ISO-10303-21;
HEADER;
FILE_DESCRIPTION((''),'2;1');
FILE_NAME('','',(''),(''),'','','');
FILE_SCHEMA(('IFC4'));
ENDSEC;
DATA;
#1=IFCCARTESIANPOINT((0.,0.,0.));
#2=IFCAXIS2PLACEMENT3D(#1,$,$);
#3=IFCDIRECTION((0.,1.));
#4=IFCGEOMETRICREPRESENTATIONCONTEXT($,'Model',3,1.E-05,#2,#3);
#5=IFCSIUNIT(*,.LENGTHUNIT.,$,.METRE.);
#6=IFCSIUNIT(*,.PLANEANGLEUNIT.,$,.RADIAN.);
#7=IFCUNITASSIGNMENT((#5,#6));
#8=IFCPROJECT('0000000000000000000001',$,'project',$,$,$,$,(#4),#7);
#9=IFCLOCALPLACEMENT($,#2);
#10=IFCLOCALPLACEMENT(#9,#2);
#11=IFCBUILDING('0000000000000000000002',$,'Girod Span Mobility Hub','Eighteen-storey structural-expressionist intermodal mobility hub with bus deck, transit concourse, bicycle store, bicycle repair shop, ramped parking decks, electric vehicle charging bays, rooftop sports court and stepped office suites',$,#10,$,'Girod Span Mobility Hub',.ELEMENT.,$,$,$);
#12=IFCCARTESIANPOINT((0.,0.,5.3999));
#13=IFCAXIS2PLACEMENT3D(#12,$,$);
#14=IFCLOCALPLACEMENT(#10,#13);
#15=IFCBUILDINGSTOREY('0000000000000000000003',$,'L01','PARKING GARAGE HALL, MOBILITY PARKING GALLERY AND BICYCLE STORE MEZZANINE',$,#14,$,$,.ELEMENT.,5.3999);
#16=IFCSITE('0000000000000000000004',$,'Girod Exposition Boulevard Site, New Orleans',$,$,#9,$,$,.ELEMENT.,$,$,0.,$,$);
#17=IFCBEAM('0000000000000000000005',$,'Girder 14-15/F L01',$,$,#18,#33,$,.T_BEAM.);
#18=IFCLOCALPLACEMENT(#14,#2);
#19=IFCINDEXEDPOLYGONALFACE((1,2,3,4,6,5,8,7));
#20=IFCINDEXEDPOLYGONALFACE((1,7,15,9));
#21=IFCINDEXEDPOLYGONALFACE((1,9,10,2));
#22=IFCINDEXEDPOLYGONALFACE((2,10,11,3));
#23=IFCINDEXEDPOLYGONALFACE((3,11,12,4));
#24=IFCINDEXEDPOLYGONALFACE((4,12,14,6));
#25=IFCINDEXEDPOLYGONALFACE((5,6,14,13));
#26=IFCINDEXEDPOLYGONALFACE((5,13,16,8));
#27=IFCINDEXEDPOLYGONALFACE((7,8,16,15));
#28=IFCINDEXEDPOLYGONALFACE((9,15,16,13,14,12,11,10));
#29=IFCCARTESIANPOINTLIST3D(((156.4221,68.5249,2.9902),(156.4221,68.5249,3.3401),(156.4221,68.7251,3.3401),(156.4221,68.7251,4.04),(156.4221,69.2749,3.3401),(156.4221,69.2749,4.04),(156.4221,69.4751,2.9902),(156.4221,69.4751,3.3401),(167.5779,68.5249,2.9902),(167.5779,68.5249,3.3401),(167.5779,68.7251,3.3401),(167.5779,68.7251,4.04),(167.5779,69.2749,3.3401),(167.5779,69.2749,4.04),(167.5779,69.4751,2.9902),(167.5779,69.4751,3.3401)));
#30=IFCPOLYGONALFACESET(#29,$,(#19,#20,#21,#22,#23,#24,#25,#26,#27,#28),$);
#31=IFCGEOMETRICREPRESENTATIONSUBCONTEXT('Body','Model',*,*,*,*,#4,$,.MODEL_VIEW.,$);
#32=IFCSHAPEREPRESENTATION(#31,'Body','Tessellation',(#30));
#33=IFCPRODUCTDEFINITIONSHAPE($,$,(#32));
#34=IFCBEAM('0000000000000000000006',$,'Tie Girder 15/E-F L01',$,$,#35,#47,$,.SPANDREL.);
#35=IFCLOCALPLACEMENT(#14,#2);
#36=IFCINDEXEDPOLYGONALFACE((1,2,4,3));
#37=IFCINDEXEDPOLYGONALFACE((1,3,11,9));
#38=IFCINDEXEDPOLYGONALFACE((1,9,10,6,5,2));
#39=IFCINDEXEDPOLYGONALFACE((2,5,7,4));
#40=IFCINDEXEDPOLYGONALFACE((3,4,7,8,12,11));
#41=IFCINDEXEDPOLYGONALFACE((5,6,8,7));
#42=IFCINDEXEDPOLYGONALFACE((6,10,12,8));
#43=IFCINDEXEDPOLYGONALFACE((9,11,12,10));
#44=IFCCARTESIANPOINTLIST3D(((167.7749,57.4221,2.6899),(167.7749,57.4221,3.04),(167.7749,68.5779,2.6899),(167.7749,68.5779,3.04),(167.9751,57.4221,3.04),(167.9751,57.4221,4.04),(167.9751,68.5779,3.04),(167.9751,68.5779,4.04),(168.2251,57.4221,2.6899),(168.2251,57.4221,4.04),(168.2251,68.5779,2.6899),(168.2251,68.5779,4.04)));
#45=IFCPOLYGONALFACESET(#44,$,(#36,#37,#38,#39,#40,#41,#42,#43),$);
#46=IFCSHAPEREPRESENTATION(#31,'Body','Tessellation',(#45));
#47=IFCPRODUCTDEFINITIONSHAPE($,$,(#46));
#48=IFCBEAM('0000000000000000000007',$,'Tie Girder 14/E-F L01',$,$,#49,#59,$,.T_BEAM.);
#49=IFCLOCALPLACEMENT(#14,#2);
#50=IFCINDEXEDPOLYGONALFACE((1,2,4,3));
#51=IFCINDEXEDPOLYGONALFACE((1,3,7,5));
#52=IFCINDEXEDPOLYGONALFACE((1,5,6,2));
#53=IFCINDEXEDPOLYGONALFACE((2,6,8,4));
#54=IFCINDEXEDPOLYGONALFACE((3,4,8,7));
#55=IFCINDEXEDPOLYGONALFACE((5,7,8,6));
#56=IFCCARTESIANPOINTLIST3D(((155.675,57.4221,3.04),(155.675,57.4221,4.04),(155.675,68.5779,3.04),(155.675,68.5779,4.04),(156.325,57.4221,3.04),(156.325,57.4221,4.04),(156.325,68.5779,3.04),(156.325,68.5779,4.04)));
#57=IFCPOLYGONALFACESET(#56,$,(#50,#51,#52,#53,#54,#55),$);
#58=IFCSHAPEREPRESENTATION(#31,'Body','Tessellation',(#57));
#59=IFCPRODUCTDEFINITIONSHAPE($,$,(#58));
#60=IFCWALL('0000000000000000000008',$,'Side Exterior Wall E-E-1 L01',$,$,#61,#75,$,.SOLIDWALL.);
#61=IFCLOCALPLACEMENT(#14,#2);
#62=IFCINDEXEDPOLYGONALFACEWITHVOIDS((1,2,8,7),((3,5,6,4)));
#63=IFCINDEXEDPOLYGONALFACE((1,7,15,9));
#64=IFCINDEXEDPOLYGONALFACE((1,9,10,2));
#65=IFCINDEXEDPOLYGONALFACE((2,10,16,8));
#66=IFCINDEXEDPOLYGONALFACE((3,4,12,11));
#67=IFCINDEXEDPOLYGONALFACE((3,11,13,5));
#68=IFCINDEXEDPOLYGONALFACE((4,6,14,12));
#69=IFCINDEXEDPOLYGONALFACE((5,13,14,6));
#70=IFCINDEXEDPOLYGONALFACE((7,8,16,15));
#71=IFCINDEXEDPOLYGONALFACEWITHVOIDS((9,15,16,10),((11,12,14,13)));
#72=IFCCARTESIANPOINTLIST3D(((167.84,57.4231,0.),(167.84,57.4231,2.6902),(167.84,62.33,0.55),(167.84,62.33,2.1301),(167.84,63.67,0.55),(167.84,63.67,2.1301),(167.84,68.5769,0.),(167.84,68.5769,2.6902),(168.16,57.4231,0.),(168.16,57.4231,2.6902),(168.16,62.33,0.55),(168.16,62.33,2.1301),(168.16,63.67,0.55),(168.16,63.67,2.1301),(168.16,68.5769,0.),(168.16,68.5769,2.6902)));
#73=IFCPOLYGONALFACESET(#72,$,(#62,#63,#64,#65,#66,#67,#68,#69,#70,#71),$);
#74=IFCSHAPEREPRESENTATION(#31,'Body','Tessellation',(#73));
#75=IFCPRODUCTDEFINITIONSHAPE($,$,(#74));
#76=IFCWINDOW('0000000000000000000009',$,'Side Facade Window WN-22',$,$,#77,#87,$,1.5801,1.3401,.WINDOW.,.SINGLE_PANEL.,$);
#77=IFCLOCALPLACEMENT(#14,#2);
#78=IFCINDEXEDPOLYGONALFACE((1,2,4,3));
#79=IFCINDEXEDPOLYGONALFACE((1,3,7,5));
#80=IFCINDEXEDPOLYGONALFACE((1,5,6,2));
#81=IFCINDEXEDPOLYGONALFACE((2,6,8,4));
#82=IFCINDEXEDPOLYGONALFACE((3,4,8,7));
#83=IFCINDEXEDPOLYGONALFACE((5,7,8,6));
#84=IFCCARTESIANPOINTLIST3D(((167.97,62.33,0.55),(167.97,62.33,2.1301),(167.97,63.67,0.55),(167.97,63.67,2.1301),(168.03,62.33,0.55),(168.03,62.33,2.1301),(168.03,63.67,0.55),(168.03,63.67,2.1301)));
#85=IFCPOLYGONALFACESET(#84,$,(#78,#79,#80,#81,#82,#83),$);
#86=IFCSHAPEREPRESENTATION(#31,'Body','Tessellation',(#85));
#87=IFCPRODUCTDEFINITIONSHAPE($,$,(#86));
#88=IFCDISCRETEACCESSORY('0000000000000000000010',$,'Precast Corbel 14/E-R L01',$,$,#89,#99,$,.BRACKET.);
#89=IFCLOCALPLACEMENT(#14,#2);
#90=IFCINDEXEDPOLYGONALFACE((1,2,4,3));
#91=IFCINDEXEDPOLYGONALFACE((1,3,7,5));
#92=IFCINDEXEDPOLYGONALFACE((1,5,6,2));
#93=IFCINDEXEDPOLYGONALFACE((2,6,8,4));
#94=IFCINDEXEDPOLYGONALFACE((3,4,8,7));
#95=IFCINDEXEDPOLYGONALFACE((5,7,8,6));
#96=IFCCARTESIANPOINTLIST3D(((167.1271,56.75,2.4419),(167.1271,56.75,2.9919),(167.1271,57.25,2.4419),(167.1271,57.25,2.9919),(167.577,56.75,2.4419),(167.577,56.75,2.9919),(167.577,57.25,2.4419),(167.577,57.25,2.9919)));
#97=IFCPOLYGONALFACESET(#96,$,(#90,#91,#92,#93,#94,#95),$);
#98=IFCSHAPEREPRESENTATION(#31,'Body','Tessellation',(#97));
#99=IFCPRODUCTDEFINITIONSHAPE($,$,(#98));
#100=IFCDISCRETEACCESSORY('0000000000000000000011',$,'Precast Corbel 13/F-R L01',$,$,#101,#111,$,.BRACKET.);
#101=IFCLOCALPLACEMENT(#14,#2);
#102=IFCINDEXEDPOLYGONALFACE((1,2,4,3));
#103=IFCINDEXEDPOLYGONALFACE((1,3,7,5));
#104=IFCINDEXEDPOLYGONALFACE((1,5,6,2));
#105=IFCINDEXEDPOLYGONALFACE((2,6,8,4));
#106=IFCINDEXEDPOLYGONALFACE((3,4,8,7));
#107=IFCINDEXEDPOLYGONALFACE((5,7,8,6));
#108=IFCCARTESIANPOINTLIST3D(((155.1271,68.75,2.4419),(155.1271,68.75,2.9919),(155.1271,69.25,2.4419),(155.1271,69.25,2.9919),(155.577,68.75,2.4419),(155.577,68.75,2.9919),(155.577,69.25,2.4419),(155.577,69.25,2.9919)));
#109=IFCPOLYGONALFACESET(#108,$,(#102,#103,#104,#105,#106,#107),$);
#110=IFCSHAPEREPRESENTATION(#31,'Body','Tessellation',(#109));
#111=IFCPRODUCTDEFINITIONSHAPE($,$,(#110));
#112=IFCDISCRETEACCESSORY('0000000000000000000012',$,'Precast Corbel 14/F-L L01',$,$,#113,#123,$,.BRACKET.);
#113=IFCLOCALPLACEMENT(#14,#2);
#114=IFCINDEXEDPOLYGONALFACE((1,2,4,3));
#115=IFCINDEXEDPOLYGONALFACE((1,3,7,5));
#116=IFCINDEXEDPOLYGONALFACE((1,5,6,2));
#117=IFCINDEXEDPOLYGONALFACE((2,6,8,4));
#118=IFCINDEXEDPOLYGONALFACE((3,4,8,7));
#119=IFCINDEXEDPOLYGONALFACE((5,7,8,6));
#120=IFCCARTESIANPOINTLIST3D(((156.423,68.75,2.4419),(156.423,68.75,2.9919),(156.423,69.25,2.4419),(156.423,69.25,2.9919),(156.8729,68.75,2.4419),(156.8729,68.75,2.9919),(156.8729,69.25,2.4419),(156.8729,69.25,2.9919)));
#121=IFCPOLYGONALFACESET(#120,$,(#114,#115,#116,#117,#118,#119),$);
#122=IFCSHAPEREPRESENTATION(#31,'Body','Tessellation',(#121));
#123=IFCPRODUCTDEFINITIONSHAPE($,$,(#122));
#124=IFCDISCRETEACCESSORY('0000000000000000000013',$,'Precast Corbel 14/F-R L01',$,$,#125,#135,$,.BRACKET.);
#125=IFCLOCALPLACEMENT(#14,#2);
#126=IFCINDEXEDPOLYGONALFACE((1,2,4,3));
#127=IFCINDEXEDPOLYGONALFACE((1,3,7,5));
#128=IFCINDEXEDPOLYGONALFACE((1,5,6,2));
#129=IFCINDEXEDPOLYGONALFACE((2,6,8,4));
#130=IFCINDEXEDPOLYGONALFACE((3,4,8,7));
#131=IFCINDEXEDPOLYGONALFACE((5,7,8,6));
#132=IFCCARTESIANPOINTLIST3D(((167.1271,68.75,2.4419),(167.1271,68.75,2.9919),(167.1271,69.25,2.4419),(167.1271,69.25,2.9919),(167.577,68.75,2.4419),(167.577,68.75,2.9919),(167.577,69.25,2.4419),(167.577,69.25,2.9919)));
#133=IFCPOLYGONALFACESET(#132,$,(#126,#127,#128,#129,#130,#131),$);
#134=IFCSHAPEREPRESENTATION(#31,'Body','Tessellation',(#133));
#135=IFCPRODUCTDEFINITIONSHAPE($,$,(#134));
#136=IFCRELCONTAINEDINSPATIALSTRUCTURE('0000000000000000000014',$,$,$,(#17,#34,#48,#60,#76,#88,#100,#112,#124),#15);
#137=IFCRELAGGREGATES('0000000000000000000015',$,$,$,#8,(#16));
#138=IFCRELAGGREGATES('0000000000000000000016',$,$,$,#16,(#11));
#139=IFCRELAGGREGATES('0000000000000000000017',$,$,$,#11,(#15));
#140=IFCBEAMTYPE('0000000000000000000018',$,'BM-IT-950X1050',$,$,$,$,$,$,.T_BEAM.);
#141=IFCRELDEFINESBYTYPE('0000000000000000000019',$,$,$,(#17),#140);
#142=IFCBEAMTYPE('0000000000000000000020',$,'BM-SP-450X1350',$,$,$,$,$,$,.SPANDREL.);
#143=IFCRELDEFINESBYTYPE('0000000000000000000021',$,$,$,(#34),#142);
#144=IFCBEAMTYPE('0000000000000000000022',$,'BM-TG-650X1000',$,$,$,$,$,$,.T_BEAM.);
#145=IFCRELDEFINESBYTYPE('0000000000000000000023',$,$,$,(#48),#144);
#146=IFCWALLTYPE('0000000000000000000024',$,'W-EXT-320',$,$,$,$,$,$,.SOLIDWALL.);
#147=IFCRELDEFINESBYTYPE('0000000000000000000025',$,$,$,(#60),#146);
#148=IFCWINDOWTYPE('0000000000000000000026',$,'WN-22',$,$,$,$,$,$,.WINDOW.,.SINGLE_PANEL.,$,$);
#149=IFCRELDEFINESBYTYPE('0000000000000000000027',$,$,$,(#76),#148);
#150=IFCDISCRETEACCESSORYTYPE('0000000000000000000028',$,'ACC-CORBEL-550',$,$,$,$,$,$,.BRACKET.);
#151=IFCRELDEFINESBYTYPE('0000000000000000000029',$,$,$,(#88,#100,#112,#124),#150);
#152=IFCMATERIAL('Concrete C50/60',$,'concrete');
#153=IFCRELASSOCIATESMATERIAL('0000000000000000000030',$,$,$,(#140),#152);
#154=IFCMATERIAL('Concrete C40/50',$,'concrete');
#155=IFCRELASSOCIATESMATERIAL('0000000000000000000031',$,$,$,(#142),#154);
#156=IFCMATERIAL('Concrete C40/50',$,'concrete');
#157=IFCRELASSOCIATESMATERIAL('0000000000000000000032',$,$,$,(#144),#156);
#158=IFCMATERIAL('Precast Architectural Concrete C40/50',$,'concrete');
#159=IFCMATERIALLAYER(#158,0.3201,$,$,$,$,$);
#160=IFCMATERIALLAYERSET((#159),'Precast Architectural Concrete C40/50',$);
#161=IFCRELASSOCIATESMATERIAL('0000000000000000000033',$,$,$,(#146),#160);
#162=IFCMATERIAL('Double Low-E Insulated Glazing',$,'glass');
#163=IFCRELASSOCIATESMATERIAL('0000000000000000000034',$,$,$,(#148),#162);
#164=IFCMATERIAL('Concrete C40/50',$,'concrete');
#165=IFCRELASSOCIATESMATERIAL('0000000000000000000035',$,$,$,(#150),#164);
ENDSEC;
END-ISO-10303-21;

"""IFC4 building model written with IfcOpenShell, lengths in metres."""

from ifc_helpers import new_model, si_unit, direction, frame, frame_2d, origin, origin_2d, place, context, subcontext, project, spatial, polyline, rectangle, outline, extrude, material, layer, layer_set, material_profile, profile_set, type_object, element, fill, save


model = new_model("IFC4")

# Units and contexts
model_context = context("Model", 3, precision=1e-05, world=origin(), true_north=direction((0.0, 1.0)))
body_context = subcontext(model_context, "Body", "Model", "MODEL_VIEW")
ifc_project = project(units=[si_unit("LENGTHUNIT", "METRE"), si_unit("PLANEANGLEUNIT", "RADIAN")], contexts=[model_context])

# Site, building, storey
site_placement = place(None, origin())
site = spatial("IfcSite", under=ifc_project, at=site_placement, Name="Girod Exposition Boulevard Site, New Orleans", CompositionType="ELEMENT", RefElevation=0.0)
building_placement = place(site_placement, origin())
building = spatial("IfcBuilding", under=site, at=building_placement, Name="Girod Span Mobility Hub", Description="Eighteen-storey structural-expressionist intermodal mobility hub with bus deck, transit concourse, bicycle store, bicycle repair shop, ramped parking decks, electric vehicle charging bays, rooftop sports court and stepped office suites", LongName="Girod Span Mobility Hub", CompositionType="ELEMENT")
storey_placement = place(building_placement, frame((0.0, 0.0, 5.3999)))
storey = spatial("IfcBuildingStorey", under=building, at=storey_placement, Name="L01", Description="PARKING GARAGE HALL, MOBILITY PARKING GALLERY AND BICYCLE STORE MEZZANINE", CompositionType="ELEMENT", Elevation=5.3999)

# Beams
ifc_material_1 = material(Name="Concrete C50/60", Category="concrete")
ifc_material_profile_1 = material_profile(ifc_material_1, outline(polyline([(-0.4751, -0.5249), (0.4751, -0.5249), (0.4751, -0.175), (0.2749, -0.175), (0.2749, 0.5249), (-0.2749, 0.5249), (-0.2749, -0.175), (-0.4751, -0.175), (-0.4751, -0.5249)])), Name="IT-950X1050")
ifc_profile_set_1 = profile_set([ifc_material_profile_1], Name="Concrete C50/60")
beam_type_1 = type_object("IfcBeamType", Name="BM-IT-950X1050", PredefinedType="T_BEAM", material=ifc_profile_set_1)
beam_1_placement = place(storey_placement, frame((156.4221, 69.0, 3.5151), z_axis=(1.0, 0.0, 0.0), x_axis=(0.0, 1.0, 0.0)))
element("IfcBeam", 1, at=beam_1_placement, inside=storey, type_object=beam_type_1, Name="Girder 14-15/F L01", PredefinedType="T_BEAM", context=body_context, shape_type="SweptSolid", body=[
    extrude(outline(polyline([(-0.4751, -0.5249), (0.4751, -0.5249), (0.4751, -0.175), (0.2749, -0.175), (0.2749, 0.5249), (-0.2749, 0.5249), (-0.2749, -0.175), (-0.4751, -0.175), (-0.4751, -0.5249)])), origin(), (0.0, 0.0, 1.0), 11.1558),
])
ifc_material_2 = material(Name="Concrete C40/50", Category="concrete")
ifc_material_profile_2 = material_profile(ifc_material_2, outline(polyline([(-0.2251, -0.675), (0.2251, -0.675), (0.2251, -0.325), (0.0249, -0.325), (0.0249, 0.675), (-0.2251, 0.675), (-0.2251, -0.675)])), Name="SP-450X1350")
ifc_profile_set_2 = profile_set([ifc_material_profile_2], Name="Concrete C40/50")
beam_type_2 = type_object("IfcBeamType", Name="BM-SP-450X1350", PredefinedType="SPANDREL", material=ifc_profile_set_2)
beam_2_placement = place(storey_placement, frame((168.0, 57.4221, 3.365), z_axis=(0.0, 1.0, 0.0), x_axis=(-1.0, 0.0, 0.0)))
element("IfcBeam", 2, at=beam_2_placement, inside=storey, type_object=beam_type_2, Name="Tie Girder 15/E-F L01", PredefinedType="SPANDREL", context=body_context, shape_type="SweptSolid", body=[
    extrude(outline(polyline([(-0.2251, -0.675), (0.2251, -0.675), (0.2251, -0.325), (0.0249, -0.325), (0.0249, 0.675), (-0.2251, 0.675), (-0.2251, -0.675)])), origin(), (0.0, 0.0, 1.0), 11.1558),
])
ifc_material_3 = material(Name="Concrete C40/50", Category="concrete")
ifc_material_profile_3 = material_profile(ifc_material_3, rectangle(XDim=0.6499, YDim=1.0, at=origin_2d()), Name="TG-650X1000")
ifc_profile_set_3 = profile_set([ifc_material_profile_3], Name="Concrete C40/50")
beam_type_3 = type_object("IfcBeamType", Name="BM-TG-650X1000", PredefinedType="T_BEAM", material=ifc_profile_set_3)
beam_3_placement = place(storey_placement, frame((156.0, 57.4221, 3.54), z_axis=(0.0, 1.0, 0.0), x_axis=(-1.0, 0.0, 0.0)))
element("IfcBeam", 3, at=beam_3_placement, inside=storey, type_object=beam_type_3, Name="Tie Girder 14/E-F L01", PredefinedType="T_BEAM", context=body_context, shape_type="SweptSolid", body=[
    extrude(rectangle(XDim=0.6499, YDim=1.0, at=origin_2d()), origin(), (0.0, 0.0, 1.0), 11.1558),
])

# Wall, opening, window
ifc_material_4 = material(Name="Precast Architectural Concrete C40/50", Category="concrete")
ifc_layer = layer(ifc_material_4, 0.3201)
ifc_layer_set = layer_set([ifc_layer], Name="Precast Architectural Concrete C40/50")
wall_type = type_object("IfcWallType", Name="W-EXT-320", PredefinedType="SOLIDWALL", material=ifc_layer_set)
wall_placement = place(storey_placement, frame((168.0, 57.4231, 0.0), z_axis=(0.0, 0.0, 1.0), x_axis=(0.0, 1.0, 0.0)))
wall = element("IfcWall", 4, at=wall_placement, inside=storey, type_object=wall_type, Name="Side Exterior Wall E-E-1 L01", PredefinedType="SOLIDWALL", context=body_context, shape_type="SweptSolid", body=[
    extrude(rectangle(XDim=11.1538, YDim=0.3201, at=frame_2d((5.5769, 0.0))), origin(), (0.0, 0.0, 1.0), 2.6902),
])
opening_placement = place(wall_placement, frame((4.907, 0.0, 0.55)))
opening = element("IfcOpeningElement", 5, at=opening_placement, cuts=wall, PredefinedType="OPENING", context=body_context, shape_type="SweptSolid", body=[
    extrude(rectangle(XDim=1.3401, YDim=1.5801, at=frame_2d((0.6699, 0.79))), frame((0.0, 0.175, 0.0), z_axis=(0.0, -1.0, 0.0), x_axis=(1.0, 0.0, 0.0)), (0.0, 0.0, 1.0), 0.3501),
])
ifc_material_5 = material(Name="Double Low-E Insulated Glazing", Category="glass")
window_type = type_object("IfcWindowType", Name="WN-22", PartitioningType="SINGLE_PANEL", PredefinedType="WINDOW", material=ifc_material_5)
window_placement = place(opening_placement, origin())
window = element("IfcWindow", 6, at=window_placement, inside=storey, type_object=window_type, Name="Side Facade Window WN-22", OverallHeight=1.5801, OverallWidth=1.3401, PartitioningType="SINGLE_PANEL", PredefinedType="WINDOW", context=body_context, shape_type="SweptSolid", body=[
    extrude(rectangle(XDim=1.3401, YDim=1.5801, at=frame_2d((0.6699, 0.79))), frame((0.0, 0.03, 0.0), z_axis=(0.0, -1.0, 0.0), x_axis=(1.0, 0.0, 0.0)), (0.0, 0.0, 1.0), 0.0601),
])
fill(opening, window)

# Discrete accessories
ifc_material_6 = material(Name="Concrete C40/50", Category="concrete")
discrete_accessory_type = type_object("IfcDiscreteAccessoryType", Name="ACC-CORBEL-550", PredefinedType="BRACKET", material=ifc_material_6)
for number, where, z_axis, x_axis, name in (
    (7, (167.3521, 57.0, 2.4419), (0.0, 0.0, 1.0), (1.0, 0.0, 0.0), "Precast Corbel 14/E-R L01"),
    (8, (155.3521, 69.0, 2.4419), (0.0, 0.0, 1.0), (1.0, 0.0, 0.0), "Precast Corbel 13/F-R L01"),
    (9, (156.6479, 69.0, 2.4419), (0.0, 0.0, 1.0), (1.0, 0.0, 0.0), "Precast Corbel 14/F-L L01"),
    (10, (167.3521, 69.0, 2.4419), (0.0, 0.0, 1.0), (1.0, 0.0, 0.0), "Precast Corbel 14/F-R L01"),
):
    element("IfcDiscreteAccessory", number, at=place(storey_placement, frame(where, z_axis=z_axis, x_axis=x_axis)), inside=storey, type_object=discrete_accessory_type, Name=name, PredefinedType="BRACKET", context=body_context, shape_type="SweptSolid", body=[
        extrude(rectangle(XDim=0.45, YDim=0.5, at=origin_2d()), origin(), (0.0, 0.0, 1.0), 0.55),
    ])

save(model, "model.ifc")
